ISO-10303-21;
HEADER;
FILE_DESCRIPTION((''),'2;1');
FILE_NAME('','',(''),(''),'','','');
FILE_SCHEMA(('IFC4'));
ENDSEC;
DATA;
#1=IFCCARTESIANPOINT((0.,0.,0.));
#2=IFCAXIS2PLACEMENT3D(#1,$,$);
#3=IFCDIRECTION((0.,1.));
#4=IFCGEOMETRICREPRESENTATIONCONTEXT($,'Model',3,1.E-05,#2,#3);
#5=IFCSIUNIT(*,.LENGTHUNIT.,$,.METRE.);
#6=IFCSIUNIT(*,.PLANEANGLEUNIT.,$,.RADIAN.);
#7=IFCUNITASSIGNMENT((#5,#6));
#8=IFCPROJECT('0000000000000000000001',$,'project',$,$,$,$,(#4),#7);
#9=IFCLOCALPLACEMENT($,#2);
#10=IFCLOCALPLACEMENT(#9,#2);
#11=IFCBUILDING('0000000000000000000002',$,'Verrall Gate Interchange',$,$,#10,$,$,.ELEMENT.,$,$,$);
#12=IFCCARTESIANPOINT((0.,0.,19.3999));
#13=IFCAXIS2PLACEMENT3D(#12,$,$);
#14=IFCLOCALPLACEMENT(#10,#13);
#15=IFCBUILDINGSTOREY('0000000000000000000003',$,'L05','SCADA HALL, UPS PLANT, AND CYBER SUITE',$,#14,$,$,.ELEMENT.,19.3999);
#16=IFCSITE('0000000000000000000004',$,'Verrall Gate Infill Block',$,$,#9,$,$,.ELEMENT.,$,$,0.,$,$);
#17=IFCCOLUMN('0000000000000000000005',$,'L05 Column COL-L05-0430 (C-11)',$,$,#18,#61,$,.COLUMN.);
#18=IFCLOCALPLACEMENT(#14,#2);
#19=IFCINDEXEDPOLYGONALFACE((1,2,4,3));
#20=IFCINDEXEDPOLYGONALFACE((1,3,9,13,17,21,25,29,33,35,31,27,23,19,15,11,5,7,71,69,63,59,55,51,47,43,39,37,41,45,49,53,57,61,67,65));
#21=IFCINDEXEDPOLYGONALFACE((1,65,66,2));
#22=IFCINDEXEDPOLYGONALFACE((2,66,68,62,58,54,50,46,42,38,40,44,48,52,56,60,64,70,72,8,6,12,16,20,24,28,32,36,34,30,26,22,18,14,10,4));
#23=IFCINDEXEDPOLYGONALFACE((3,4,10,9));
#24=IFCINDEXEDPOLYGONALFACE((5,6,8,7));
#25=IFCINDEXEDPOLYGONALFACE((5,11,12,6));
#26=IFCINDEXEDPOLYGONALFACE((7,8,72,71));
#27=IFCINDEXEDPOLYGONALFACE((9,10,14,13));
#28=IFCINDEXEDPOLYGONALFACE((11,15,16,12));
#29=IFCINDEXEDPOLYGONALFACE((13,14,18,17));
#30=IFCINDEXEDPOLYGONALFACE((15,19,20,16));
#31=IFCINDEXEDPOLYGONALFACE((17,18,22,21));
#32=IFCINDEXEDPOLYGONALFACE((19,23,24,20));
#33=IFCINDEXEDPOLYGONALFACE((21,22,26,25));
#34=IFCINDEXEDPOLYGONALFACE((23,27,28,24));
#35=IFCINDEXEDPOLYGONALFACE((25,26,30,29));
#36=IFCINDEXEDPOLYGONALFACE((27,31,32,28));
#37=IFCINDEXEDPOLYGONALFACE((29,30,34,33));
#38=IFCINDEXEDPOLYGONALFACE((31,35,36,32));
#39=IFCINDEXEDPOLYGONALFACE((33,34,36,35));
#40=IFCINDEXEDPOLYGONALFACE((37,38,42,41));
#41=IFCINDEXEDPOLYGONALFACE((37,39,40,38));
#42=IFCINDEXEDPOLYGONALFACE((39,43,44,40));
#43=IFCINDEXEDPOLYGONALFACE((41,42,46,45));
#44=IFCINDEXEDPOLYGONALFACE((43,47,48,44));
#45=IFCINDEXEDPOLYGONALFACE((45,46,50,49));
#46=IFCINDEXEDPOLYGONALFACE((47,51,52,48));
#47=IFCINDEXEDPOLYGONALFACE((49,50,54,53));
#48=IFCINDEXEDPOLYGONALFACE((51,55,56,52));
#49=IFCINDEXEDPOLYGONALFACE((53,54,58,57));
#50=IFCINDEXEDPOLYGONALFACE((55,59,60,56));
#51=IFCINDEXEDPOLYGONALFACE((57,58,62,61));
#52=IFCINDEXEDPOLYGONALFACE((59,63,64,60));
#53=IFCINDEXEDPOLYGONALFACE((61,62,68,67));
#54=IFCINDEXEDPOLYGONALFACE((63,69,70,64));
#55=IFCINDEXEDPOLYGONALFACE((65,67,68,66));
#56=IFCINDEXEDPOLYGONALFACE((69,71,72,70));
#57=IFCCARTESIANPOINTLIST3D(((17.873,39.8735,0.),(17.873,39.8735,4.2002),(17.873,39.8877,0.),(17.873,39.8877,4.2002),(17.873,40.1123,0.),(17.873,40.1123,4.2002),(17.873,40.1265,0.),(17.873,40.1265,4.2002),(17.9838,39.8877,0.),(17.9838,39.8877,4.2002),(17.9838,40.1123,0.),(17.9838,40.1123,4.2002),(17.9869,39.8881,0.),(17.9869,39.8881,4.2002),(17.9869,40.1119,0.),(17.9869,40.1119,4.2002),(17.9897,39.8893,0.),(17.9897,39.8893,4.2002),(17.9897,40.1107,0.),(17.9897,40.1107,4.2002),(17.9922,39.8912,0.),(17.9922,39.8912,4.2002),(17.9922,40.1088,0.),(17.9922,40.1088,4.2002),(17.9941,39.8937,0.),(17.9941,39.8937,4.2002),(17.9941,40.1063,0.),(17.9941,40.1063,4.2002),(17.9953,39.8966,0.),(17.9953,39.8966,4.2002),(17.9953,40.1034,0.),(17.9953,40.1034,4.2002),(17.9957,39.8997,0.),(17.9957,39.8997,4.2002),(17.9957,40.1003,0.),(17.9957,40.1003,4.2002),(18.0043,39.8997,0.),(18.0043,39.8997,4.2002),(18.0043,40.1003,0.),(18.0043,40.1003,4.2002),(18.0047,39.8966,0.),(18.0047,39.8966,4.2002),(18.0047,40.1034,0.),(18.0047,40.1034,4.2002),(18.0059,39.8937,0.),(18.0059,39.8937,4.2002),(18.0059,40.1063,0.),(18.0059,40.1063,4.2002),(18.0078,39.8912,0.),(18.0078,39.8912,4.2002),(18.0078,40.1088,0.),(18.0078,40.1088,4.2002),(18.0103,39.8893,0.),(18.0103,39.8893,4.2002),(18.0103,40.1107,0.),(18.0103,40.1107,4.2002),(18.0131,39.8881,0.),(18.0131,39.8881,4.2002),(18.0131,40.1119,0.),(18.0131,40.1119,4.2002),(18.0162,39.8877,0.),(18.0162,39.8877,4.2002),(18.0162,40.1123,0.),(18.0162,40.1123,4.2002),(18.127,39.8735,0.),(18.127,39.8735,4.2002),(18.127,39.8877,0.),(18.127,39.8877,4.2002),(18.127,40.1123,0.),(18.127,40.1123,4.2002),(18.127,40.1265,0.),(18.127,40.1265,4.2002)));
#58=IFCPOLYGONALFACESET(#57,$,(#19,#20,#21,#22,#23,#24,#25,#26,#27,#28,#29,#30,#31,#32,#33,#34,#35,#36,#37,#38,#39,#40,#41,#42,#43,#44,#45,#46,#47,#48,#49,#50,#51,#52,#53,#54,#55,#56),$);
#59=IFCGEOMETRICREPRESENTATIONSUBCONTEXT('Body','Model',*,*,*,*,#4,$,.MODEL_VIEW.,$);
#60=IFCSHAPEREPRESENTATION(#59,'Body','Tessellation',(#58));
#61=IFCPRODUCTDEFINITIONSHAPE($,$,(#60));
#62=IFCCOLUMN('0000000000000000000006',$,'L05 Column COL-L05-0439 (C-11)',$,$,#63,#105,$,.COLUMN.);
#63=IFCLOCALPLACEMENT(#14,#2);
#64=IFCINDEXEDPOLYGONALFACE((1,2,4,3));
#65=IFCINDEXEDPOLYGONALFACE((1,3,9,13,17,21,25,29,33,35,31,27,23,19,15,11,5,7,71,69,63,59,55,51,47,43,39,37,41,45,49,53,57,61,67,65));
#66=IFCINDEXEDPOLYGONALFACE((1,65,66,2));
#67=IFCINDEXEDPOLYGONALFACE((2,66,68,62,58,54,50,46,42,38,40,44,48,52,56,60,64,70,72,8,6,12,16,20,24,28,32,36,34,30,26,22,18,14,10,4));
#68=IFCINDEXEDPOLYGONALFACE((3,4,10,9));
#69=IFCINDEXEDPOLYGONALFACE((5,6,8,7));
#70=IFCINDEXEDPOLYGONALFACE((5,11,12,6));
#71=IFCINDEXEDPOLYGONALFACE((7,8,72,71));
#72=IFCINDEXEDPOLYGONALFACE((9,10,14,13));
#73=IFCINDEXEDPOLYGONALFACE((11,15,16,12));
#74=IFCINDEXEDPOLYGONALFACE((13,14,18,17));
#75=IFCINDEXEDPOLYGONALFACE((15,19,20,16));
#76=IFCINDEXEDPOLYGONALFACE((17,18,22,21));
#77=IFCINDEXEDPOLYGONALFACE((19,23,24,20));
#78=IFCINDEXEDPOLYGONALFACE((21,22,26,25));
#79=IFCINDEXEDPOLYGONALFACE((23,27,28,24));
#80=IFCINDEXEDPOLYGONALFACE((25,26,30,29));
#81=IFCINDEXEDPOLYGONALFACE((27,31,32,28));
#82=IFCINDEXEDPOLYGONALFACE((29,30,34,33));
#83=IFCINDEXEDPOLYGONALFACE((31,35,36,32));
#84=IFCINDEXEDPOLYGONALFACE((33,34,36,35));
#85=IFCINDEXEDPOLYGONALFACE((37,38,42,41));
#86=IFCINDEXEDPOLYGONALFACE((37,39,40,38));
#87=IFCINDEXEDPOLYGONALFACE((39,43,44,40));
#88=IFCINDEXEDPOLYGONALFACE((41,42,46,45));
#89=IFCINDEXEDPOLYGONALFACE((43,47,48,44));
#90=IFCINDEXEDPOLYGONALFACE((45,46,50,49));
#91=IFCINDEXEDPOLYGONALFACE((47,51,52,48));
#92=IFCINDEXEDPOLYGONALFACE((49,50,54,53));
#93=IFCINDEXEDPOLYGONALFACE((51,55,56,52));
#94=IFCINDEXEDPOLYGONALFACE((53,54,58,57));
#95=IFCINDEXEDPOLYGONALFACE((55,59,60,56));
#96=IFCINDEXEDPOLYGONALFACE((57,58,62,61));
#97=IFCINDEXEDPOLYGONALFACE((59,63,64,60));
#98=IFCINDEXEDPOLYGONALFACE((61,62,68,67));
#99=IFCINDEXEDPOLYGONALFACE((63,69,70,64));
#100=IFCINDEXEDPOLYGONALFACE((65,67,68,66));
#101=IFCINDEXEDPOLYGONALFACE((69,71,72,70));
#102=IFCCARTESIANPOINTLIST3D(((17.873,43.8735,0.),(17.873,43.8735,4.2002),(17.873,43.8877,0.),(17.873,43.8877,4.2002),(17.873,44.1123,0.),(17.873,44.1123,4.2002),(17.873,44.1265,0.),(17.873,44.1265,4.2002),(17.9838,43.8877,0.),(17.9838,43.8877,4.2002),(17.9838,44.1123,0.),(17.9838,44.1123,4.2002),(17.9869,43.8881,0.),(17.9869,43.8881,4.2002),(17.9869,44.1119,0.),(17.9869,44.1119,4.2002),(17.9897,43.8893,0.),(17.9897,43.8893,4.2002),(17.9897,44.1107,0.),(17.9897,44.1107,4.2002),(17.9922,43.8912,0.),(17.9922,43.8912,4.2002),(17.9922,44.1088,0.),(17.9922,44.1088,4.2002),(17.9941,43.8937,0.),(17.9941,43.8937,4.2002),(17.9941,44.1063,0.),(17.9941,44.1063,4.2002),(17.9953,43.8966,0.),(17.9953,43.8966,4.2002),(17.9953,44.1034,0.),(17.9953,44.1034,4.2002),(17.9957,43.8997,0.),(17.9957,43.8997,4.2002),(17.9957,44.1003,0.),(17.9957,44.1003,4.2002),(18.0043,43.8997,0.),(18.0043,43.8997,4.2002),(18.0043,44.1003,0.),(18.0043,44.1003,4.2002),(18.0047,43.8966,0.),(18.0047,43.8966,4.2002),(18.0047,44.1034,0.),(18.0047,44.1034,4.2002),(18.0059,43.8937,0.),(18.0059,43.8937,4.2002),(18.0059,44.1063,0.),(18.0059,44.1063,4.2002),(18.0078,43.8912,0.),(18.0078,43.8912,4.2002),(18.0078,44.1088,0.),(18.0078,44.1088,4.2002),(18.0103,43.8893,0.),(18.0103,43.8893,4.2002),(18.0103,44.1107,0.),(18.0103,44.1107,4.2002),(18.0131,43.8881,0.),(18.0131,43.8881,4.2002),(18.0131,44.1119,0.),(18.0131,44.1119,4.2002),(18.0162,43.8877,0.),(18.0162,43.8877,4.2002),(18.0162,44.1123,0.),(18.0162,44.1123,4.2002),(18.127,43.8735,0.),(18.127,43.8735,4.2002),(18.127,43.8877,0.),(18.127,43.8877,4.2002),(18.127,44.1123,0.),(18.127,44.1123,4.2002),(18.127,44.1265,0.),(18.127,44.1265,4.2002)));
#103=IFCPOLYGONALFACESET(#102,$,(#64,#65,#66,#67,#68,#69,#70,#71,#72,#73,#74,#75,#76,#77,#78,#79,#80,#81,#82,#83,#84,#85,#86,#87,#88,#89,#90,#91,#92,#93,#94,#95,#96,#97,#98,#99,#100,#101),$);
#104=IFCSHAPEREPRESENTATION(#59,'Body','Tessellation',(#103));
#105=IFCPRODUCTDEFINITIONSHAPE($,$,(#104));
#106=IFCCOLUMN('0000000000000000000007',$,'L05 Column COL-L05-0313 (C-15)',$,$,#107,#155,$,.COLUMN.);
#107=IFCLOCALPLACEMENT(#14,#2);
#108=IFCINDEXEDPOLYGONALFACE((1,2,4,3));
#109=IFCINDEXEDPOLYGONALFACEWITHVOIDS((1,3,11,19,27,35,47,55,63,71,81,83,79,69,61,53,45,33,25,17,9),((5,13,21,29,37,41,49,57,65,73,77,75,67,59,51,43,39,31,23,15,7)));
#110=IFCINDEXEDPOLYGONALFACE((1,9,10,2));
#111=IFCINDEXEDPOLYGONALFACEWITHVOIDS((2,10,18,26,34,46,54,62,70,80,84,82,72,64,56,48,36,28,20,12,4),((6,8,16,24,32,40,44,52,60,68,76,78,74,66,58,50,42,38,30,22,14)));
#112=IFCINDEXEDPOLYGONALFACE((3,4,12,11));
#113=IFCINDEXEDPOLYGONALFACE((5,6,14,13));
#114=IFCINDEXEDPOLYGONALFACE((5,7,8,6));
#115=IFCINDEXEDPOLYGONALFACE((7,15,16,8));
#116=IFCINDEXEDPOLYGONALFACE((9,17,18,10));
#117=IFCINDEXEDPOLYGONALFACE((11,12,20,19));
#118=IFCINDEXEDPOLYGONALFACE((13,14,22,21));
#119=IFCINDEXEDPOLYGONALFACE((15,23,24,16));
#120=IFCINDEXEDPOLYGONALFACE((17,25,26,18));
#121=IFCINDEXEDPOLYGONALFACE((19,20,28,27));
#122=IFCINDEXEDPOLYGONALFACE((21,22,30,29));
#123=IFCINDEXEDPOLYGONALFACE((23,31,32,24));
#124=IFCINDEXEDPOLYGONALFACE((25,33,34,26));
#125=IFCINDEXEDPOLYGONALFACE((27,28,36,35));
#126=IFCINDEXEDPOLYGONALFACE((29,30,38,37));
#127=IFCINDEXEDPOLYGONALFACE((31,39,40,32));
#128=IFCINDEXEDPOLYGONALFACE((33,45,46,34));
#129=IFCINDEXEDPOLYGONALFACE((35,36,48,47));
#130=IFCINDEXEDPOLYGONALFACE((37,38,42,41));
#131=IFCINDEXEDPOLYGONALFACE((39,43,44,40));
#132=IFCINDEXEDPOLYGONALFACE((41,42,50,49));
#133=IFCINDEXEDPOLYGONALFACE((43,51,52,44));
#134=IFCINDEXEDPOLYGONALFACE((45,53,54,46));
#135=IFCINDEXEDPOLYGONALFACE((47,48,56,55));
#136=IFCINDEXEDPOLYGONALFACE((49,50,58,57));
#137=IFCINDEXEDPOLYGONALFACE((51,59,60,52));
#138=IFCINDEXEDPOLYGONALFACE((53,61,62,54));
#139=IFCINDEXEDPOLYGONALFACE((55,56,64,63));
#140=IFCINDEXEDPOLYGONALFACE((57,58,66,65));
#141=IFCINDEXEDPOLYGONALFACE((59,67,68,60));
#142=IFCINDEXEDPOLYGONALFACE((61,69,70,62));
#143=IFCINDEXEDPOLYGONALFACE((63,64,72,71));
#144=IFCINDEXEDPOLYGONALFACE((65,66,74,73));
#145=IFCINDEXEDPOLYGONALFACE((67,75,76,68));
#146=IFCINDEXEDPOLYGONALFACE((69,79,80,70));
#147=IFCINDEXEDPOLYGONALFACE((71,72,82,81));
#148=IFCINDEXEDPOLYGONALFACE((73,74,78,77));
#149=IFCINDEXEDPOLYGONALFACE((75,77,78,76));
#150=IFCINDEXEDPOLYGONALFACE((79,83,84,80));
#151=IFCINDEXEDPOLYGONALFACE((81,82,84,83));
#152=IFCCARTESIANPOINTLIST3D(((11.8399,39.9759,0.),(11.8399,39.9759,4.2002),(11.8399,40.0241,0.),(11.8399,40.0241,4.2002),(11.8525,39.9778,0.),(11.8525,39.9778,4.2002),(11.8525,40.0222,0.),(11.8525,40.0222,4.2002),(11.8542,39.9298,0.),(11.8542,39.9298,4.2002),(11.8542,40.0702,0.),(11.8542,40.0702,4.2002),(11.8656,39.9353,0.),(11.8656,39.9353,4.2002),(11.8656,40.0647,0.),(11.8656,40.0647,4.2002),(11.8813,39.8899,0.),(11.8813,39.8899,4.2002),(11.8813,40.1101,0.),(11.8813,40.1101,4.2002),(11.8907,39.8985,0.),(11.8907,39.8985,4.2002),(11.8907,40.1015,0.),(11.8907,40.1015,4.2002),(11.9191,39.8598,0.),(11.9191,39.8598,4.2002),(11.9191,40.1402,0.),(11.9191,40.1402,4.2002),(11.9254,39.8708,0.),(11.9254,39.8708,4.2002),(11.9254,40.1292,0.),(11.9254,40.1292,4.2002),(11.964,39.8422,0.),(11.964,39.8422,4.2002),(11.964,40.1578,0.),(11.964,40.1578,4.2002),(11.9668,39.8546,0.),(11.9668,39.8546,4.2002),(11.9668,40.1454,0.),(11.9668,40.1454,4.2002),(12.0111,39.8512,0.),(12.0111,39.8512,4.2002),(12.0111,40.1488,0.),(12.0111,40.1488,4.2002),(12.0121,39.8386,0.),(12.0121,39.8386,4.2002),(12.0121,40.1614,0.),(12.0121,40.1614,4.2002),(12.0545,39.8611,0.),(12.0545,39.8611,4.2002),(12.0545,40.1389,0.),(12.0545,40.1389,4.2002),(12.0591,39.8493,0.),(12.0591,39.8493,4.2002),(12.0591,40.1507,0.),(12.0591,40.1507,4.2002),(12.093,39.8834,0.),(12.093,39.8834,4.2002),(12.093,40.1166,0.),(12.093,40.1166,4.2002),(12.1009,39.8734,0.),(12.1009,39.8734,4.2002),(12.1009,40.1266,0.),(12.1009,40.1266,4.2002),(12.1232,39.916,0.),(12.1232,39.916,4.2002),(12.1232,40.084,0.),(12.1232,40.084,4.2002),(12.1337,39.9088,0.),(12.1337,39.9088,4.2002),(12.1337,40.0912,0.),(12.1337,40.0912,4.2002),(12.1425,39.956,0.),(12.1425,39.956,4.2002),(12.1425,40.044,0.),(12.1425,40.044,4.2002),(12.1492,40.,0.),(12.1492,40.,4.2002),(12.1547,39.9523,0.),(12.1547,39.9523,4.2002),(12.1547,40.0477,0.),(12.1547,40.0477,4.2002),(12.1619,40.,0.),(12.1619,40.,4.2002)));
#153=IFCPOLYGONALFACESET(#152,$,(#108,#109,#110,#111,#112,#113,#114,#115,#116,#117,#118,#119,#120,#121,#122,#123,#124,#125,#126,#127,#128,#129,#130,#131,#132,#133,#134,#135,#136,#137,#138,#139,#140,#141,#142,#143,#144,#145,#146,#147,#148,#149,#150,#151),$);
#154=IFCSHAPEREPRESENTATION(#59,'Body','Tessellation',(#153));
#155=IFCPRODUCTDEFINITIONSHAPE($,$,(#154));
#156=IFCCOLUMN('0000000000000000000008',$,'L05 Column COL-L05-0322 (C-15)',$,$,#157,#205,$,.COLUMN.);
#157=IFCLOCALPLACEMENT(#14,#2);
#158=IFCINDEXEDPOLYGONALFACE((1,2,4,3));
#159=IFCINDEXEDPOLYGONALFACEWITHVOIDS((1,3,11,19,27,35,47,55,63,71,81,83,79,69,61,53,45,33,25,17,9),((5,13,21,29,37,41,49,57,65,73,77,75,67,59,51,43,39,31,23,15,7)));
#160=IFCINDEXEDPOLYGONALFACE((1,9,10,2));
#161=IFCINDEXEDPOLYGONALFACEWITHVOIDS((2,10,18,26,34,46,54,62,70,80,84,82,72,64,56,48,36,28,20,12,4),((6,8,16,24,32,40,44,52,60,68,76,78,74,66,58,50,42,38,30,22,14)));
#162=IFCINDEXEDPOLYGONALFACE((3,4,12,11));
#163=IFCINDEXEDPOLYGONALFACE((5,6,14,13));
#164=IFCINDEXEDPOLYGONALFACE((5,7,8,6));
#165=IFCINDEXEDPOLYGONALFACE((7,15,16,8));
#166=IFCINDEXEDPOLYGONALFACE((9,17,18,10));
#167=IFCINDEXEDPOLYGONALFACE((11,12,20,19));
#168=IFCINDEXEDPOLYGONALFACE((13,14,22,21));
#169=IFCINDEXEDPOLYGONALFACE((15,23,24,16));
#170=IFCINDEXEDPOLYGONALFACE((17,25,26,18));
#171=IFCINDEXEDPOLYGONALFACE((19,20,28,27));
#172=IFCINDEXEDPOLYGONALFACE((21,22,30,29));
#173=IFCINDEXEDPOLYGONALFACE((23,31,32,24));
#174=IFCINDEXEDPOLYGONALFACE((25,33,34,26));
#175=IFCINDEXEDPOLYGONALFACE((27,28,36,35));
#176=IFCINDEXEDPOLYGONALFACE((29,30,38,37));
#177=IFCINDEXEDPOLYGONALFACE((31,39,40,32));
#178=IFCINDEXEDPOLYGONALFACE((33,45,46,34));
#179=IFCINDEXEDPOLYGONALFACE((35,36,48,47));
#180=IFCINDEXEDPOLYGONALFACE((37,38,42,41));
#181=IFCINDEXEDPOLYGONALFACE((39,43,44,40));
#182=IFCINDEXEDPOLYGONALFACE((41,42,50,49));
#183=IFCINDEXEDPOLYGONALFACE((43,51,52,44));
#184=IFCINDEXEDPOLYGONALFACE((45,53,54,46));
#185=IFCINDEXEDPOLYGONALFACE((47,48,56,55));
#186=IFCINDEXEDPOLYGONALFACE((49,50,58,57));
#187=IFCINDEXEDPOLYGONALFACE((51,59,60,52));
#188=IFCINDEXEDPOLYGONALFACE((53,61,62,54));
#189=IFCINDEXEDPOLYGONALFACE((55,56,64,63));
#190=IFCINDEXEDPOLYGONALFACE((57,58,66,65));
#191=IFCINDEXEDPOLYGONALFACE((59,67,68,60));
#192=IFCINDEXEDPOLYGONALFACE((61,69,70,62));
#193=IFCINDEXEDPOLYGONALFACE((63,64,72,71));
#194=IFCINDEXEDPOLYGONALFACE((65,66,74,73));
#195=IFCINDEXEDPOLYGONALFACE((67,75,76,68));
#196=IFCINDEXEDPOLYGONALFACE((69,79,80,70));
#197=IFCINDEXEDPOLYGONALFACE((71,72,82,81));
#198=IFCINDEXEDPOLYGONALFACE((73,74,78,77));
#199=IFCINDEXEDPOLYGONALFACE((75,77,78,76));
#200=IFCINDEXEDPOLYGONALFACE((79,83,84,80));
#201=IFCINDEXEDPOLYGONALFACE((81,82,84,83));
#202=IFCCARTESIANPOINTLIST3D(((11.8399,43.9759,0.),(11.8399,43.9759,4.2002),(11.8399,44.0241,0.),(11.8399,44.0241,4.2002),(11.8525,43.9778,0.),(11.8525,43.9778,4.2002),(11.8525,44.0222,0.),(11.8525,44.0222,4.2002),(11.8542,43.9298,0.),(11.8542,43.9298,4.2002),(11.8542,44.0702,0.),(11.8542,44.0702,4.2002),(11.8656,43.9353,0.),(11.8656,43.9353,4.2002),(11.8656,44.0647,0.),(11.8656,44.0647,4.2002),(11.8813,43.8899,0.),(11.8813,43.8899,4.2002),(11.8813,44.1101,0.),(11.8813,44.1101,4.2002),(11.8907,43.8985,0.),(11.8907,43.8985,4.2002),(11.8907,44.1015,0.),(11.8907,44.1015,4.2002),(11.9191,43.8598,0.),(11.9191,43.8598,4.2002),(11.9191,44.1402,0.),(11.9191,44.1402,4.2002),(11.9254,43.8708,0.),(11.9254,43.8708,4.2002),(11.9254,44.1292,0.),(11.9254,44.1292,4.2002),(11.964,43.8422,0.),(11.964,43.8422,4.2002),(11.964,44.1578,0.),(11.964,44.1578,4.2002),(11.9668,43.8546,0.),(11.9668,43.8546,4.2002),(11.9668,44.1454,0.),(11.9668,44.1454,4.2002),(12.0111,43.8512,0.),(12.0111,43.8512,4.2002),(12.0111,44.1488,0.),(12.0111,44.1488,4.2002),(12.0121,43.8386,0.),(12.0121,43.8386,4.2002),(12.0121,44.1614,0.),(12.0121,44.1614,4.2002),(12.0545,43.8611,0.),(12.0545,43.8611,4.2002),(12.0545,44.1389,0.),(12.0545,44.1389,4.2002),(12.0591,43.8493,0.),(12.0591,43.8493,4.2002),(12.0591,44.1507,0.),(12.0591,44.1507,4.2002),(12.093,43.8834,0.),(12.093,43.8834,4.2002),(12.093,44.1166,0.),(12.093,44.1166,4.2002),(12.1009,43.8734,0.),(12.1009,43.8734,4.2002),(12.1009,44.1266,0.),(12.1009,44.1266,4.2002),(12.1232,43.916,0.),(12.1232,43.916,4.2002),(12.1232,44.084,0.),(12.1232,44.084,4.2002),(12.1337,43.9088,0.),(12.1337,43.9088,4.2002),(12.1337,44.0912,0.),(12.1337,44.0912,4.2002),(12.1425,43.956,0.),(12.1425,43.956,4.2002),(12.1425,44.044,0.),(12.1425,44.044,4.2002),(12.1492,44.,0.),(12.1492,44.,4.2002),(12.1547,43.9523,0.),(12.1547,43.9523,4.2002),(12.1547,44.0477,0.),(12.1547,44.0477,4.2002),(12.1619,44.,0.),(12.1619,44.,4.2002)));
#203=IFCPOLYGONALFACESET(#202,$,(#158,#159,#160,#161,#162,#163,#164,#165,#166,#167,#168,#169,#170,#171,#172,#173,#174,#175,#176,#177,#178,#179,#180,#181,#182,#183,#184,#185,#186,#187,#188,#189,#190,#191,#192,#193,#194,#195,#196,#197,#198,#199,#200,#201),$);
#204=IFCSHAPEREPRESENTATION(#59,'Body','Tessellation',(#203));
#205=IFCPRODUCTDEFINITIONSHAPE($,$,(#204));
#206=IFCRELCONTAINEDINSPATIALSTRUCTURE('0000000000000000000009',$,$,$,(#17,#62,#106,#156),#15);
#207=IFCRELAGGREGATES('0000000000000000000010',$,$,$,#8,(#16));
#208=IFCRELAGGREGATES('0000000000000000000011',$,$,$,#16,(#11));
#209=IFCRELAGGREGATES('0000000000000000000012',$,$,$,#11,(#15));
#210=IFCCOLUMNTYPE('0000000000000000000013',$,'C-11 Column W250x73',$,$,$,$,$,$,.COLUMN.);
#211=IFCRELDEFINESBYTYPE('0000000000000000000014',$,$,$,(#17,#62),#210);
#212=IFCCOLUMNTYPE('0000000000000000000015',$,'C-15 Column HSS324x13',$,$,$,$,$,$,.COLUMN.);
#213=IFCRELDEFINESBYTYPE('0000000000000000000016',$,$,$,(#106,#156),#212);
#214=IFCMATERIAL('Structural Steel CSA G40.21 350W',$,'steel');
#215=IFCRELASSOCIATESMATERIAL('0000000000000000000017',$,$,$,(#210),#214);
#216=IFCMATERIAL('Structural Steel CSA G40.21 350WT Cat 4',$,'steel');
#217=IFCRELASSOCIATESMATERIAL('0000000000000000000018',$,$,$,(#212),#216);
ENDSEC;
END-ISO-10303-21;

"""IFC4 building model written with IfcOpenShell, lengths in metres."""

from ifc_helpers import new_model, si_unit, direction, frame, origin, origin_2d, place, context, subcontext, project, spatial, hollow_circle, i_section, extrude, material, material_profile, profile_set, type_object, element, save


model = new_model("IFC4")

# Units and contexts
model_context = context("Model", 3, precision=1e-05, world=origin(), true_north=direction((0.0, 1.0)))
body_context = subcontext(model_context, "Body", "Model", "MODEL_VIEW")
ifc_project = project(units=[si_unit("LENGTHUNIT", "METRE"), si_unit("PLANEANGLEUNIT", "RADIAN")], contexts=[model_context])

# Site, building, storey
site_placement = place(None, origin())
site = spatial("IfcSite", under=ifc_project, at=site_placement, Name="Verrall Gate Infill Block", CompositionType="ELEMENT", RefElevation=0.0)
building_placement = place(site_placement, origin())
building = spatial("IfcBuilding", under=site, at=building_placement, Name="Verrall Gate Interchange", CompositionType="ELEMENT")
storey_placement = place(building_placement, frame((0.0, 0.0, 19.3999)))
storey = spatial("IfcBuildingStorey", under=building, at=storey_placement, Name="L05", Description="SCADA HALL, UPS PLANT, AND CYBER SUITE", CompositionType="ELEMENT", Elevation=19.3999)

# Columns
ifc_material_1 = material(Name="Structural Steel CSA G40.21 350W", Category="steel")
ifc_material_profile_1 = material_profile(ifc_material_1, i_section(OverallWidth=0.2539, OverallDepth=0.2529, WebThickness=0.0085, FlangeThickness=0.0142, FilletRadius=0.012, at=origin_2d()), Name="W250x73")
ifc_profile_set_1 = profile_set([ifc_material_profile_1], Name="Structural Steel CSA G40.21 350W")
column_type_1 = type_object("IfcColumnType", Name="C-11 Column W250x73", PredefinedType="COLUMN", material=ifc_profile_set_1)
for number, where, z_axis, x_axis, name in (
    (1, (18.0, 40.0, 0.0), (0.0, 0.0, 1.0), (1.0, 0.0, 0.0), "L05 Column COL-L05-0430 (C-11)"),
    (2, (18.0, 44.0, 0.0), (0.0, 0.0, 1.0), (1.0, 0.0, 0.0), "L05 Column COL-L05-0439 (C-11)"),
):
    element("IfcColumn", number, at=place(storey_placement, frame(where, z_axis=z_axis, x_axis=x_axis)), inside=storey, type_object=column_type_1, Name=name, PredefinedType="COLUMN", context=body_context, shape_type="SweptSolid", body=[
        extrude(i_section(OverallWidth=0.2539, OverallDepth=0.2529, WebThickness=0.0085, FlangeThickness=0.0142, FilletRadius=0.012, at=origin_2d()), origin(), (0.0, 0.0, 1.0), 4.2002),
    ])
ifc_material_2 = material(Name="Structural Steel CSA G40.21 350WT Cat 4", Category="steel")
ifc_material_profile_2 = material_profile(ifc_material_2, hollow_circle(Radius=0.1619, WallThickness=0.0127, at=origin_2d()), Name="HSS324x13")
ifc_profile_set_2 = profile_set([ifc_material_profile_2], Name="Structural Steel CSA G40.21 350WT Cat 4")
column_type_2 = type_object("IfcColumnType", Name="C-15 Column HSS324x13", PredefinedType="COLUMN", material=ifc_profile_set_2)
for number, where, z_axis, x_axis, name in (
    (3, (12.0, 40.0, 0.0), (0.0, 0.0, 1.0), (1.0, 0.0, 0.0), "L05 Column COL-L05-0313 (C-15)"),
    (4, (12.0, 44.0, 0.0), (0.0, 0.0, 1.0), (1.0, 0.0, 0.0), "L05 Column COL-L05-0322 (C-15)"),
):
    element("IfcColumn", number, at=place(storey_placement, frame(where, z_axis=z_axis, x_axis=x_axis)), inside=storey, type_object=column_type_2, Name=name, PredefinedType="COLUMN", context=body_context, shape_type="SweptSolid", body=[
        extrude(hollow_circle(Radius=0.1619, WallThickness=0.0127, at=origin_2d()), origin(), (0.0, 0.0, 1.0), 4.2002),
    ])

save(model, "model.ifc")
